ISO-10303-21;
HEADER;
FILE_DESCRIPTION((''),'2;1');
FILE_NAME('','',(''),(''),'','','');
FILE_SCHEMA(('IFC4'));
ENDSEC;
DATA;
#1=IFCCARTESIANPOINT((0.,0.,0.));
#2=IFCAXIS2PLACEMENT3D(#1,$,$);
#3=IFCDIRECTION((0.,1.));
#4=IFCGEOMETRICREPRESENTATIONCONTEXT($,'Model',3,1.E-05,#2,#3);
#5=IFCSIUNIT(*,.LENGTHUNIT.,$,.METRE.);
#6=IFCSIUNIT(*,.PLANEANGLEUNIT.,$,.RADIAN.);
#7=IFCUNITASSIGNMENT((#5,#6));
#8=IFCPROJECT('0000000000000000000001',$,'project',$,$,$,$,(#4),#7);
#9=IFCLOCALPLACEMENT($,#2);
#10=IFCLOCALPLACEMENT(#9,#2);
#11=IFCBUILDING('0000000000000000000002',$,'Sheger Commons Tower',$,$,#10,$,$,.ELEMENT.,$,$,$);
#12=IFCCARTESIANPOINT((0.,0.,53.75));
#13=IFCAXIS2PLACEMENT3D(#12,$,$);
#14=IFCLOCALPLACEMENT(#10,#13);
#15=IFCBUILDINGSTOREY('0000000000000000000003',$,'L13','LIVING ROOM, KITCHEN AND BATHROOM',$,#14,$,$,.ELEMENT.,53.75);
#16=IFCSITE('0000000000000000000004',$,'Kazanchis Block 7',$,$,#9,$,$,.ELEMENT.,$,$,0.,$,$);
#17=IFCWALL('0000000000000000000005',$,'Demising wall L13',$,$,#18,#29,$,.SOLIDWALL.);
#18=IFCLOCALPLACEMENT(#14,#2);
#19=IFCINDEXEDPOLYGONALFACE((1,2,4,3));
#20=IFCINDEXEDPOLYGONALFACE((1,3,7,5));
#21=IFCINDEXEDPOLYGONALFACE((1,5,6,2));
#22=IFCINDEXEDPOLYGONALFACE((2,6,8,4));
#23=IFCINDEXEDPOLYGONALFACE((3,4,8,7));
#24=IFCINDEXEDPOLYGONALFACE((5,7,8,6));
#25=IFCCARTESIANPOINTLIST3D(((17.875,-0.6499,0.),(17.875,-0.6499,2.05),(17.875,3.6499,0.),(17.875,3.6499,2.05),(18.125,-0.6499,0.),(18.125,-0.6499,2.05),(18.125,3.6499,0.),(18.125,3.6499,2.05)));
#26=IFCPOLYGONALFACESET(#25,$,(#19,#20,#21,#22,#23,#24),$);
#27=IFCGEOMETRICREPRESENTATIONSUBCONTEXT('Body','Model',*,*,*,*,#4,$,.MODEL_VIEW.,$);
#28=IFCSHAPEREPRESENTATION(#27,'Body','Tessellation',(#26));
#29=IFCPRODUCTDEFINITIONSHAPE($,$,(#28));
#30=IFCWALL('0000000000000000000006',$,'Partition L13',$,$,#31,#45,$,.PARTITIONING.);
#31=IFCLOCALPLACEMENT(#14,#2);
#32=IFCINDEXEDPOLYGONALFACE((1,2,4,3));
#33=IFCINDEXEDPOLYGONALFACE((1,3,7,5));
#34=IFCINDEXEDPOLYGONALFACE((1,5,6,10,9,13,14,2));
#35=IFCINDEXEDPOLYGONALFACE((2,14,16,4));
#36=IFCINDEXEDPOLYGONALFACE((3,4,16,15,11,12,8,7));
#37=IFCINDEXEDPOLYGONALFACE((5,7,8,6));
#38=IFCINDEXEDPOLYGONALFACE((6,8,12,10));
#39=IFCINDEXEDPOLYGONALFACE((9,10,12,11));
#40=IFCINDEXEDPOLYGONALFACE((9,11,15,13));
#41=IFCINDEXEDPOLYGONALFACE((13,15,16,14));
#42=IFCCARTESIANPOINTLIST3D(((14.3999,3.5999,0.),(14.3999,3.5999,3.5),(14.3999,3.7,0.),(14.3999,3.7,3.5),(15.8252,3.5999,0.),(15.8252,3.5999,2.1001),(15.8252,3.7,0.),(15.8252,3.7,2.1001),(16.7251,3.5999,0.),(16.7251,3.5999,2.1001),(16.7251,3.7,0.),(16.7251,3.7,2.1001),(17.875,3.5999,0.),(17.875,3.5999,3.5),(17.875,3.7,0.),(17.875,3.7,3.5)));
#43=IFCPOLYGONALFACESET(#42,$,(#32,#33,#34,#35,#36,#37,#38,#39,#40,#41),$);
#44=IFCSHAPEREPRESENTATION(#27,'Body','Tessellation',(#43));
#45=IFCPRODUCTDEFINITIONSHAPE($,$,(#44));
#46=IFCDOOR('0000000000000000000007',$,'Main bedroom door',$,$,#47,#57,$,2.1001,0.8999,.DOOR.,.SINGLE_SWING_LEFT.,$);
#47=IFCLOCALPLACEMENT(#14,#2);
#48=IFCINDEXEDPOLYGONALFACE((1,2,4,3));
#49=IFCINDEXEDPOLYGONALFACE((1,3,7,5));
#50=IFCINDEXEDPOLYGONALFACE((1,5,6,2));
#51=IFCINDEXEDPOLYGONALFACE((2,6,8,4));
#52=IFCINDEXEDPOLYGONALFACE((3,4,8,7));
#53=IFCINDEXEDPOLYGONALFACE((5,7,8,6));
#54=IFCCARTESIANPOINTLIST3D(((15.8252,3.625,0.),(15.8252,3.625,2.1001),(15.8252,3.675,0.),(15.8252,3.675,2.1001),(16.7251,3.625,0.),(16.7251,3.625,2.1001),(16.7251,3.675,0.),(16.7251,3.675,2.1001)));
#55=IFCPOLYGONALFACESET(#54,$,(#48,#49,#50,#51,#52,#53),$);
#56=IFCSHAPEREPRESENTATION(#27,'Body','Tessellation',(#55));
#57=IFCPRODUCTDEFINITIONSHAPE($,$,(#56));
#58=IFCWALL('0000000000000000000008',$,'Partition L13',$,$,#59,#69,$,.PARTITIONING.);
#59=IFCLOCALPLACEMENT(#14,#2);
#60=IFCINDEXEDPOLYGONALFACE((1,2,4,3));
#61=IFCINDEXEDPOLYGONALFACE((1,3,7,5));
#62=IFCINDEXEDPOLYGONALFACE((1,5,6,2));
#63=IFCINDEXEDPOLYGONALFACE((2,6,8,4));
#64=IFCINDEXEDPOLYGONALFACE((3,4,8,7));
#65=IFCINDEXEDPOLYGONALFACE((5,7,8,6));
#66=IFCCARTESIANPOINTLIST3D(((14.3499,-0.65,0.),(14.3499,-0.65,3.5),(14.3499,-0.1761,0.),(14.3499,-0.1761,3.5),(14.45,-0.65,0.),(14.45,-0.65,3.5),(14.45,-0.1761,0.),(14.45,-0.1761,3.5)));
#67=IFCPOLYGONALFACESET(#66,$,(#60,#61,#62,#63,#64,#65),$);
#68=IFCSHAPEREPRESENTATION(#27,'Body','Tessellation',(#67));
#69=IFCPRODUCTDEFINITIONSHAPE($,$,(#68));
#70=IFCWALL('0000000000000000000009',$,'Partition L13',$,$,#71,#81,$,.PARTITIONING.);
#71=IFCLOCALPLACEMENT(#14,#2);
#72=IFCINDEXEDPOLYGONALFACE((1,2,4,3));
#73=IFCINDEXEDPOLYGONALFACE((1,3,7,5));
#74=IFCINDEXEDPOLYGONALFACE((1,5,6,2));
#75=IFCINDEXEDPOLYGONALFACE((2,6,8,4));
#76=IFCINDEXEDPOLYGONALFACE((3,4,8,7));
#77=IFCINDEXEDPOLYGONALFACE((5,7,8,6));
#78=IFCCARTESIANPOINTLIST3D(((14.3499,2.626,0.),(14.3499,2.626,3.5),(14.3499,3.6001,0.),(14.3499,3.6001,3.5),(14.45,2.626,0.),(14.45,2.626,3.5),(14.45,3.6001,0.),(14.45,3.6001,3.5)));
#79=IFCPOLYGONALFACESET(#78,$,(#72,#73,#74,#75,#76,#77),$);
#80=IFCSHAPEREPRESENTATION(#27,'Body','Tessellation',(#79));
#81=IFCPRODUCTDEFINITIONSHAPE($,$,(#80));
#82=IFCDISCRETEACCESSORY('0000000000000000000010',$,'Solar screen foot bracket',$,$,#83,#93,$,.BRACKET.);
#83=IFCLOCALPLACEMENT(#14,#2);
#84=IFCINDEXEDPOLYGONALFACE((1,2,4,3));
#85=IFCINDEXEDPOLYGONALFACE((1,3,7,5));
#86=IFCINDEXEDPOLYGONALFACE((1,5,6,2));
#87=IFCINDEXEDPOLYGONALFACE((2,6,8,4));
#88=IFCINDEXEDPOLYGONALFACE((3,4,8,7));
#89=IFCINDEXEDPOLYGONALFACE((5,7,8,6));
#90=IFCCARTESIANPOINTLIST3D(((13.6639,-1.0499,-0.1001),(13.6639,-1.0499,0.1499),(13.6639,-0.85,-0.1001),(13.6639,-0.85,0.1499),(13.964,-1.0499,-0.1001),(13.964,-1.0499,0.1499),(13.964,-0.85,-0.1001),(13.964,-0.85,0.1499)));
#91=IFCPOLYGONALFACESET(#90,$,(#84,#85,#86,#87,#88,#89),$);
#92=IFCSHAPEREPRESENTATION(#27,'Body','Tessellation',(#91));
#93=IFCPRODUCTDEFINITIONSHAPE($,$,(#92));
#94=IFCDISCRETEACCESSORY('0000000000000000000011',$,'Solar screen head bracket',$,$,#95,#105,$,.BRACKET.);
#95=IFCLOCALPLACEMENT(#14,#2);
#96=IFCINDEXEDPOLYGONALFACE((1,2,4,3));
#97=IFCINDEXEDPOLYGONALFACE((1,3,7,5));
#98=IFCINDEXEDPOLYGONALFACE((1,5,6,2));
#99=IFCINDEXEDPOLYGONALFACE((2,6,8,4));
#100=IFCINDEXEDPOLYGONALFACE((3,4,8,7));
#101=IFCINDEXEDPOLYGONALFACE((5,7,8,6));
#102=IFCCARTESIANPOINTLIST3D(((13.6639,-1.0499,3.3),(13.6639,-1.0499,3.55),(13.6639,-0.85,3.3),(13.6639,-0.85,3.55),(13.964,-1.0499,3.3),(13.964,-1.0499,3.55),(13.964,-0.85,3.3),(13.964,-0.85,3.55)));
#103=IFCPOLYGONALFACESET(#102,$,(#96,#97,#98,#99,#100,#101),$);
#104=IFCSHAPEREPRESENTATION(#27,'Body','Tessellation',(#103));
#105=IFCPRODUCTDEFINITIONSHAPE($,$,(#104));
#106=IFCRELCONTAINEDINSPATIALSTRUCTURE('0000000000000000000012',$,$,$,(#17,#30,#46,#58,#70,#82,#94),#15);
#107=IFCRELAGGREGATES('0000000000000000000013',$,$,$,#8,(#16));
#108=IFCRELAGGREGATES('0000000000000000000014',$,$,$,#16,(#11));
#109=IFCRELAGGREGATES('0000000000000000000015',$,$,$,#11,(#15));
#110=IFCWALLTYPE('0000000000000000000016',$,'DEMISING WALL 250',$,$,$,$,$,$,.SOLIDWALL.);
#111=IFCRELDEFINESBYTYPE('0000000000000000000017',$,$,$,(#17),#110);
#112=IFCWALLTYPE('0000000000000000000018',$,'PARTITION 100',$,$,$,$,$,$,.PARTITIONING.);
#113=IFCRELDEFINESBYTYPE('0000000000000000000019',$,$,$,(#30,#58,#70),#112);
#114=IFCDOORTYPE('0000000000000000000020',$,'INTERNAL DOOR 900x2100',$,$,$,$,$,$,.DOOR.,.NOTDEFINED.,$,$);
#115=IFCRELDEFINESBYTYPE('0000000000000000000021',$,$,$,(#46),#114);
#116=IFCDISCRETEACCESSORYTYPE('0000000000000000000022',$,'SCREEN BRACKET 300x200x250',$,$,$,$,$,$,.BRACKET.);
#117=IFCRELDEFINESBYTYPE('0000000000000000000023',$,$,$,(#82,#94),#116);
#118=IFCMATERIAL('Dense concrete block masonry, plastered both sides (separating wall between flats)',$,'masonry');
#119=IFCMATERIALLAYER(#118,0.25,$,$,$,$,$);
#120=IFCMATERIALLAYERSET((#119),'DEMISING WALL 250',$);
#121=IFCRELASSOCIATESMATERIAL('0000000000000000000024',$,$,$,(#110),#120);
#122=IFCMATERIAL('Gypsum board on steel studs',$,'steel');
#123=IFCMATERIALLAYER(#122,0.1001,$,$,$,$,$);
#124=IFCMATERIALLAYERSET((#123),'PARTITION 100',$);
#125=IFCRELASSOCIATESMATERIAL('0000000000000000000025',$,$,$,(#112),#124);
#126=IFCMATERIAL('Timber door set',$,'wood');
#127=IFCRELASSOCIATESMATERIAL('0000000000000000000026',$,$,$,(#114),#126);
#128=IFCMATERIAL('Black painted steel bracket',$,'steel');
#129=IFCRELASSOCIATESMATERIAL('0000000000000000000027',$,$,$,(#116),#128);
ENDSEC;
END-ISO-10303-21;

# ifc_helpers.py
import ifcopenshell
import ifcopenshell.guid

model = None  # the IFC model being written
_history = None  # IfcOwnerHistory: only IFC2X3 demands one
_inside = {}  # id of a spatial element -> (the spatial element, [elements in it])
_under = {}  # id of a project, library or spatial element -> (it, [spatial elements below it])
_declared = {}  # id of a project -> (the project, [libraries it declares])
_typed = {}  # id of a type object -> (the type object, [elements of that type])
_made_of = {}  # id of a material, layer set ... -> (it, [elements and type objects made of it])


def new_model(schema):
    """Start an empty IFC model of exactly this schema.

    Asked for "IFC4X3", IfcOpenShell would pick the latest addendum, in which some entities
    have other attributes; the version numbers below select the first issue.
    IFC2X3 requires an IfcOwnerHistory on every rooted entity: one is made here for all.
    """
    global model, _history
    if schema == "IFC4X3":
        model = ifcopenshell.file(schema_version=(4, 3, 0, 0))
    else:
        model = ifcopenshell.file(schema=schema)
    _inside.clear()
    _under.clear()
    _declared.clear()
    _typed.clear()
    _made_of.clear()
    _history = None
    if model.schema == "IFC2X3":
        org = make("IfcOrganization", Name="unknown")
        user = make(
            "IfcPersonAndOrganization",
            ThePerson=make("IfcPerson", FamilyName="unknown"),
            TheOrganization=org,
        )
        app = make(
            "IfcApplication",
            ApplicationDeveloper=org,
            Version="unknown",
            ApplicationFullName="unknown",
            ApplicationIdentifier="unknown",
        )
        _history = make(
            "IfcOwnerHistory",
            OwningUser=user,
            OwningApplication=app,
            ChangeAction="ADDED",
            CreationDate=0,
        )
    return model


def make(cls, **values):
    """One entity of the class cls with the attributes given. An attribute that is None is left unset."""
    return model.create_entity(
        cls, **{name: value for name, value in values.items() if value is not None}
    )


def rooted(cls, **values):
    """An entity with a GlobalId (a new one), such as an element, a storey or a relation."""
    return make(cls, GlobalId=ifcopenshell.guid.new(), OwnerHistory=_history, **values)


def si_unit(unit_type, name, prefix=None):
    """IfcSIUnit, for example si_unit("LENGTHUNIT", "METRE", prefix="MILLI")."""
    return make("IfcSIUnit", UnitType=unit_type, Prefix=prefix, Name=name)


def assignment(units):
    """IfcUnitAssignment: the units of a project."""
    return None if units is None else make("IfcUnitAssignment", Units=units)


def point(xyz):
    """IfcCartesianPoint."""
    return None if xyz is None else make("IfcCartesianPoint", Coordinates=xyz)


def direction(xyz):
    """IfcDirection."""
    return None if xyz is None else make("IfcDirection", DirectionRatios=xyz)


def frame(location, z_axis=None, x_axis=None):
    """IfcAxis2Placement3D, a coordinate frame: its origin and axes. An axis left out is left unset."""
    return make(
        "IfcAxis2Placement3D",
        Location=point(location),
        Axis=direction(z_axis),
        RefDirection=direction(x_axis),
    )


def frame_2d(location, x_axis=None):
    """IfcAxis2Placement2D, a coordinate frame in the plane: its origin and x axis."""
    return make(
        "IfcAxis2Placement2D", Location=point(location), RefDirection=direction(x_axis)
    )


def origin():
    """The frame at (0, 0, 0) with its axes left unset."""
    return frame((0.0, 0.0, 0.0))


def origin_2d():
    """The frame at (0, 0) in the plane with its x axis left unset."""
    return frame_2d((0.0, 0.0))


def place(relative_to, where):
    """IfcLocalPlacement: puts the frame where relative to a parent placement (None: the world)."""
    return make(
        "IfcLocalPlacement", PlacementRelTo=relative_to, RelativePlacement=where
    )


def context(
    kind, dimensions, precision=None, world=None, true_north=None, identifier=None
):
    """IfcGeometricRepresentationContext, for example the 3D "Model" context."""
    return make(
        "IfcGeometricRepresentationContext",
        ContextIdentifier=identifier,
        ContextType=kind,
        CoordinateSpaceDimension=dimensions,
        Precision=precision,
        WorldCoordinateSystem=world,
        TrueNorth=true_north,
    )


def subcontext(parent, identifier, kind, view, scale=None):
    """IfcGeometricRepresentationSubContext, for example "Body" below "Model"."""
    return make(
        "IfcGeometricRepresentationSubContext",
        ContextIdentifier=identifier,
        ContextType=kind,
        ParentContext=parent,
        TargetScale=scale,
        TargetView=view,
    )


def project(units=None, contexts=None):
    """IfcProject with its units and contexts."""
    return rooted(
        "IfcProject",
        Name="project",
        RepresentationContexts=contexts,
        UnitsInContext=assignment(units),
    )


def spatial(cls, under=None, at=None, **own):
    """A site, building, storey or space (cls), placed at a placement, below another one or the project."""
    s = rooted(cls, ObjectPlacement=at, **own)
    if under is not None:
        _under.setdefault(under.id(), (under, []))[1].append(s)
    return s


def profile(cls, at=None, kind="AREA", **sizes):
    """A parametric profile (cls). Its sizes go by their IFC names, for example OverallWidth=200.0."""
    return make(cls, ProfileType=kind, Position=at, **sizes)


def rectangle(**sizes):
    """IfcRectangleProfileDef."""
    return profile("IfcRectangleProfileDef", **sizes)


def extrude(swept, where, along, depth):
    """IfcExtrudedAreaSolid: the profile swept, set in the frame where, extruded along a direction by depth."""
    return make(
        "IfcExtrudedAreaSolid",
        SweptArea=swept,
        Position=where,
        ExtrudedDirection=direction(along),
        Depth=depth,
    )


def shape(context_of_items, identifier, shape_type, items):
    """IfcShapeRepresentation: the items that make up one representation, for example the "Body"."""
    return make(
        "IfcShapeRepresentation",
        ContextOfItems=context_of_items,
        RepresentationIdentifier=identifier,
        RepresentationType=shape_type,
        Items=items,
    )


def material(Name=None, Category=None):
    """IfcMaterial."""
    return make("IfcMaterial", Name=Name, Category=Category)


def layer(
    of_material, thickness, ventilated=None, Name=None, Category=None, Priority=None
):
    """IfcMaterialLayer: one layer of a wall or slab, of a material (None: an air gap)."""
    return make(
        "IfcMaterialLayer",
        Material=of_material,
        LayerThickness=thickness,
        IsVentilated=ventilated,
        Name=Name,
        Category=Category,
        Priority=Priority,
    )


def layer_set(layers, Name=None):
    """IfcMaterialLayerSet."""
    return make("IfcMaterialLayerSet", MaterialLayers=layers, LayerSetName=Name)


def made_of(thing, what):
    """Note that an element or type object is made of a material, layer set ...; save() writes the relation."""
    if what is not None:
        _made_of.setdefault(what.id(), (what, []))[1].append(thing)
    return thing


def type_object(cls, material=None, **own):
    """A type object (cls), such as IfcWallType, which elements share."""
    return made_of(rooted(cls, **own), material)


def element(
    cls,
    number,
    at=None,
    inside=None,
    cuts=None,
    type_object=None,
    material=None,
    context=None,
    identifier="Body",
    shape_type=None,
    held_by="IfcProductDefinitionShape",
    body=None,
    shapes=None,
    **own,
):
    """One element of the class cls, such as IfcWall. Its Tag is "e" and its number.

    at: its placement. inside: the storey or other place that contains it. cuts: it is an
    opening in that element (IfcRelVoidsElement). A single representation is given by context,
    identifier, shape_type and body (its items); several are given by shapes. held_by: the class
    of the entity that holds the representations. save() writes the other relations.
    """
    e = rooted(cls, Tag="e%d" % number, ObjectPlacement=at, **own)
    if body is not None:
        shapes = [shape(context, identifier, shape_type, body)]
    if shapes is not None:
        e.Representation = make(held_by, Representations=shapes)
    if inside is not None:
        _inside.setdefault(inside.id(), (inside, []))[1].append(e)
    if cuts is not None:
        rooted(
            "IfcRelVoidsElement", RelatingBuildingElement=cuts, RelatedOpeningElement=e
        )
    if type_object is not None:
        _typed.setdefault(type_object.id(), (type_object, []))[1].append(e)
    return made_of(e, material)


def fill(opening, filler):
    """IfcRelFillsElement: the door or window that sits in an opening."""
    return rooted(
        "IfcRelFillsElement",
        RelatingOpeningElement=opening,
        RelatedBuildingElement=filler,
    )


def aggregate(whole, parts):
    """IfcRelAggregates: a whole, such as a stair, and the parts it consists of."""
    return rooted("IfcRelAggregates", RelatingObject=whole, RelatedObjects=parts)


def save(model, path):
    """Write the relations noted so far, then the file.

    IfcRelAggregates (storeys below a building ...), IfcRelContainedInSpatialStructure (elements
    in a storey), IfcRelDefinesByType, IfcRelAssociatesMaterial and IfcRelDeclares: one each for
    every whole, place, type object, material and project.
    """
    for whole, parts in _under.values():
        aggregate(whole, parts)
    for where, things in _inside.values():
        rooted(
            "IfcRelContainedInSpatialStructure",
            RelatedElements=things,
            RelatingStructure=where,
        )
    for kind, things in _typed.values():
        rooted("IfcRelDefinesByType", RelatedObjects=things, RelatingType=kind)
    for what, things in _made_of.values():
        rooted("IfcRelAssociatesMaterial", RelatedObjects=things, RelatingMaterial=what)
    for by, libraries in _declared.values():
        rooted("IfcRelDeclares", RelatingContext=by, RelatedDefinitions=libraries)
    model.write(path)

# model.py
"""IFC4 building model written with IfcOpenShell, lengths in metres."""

from ifc_helpers import new_model, si_unit, direction, frame, frame_2d, origin, origin_2d, place, context, subcontext, project, spatial, rectangle, extrude, material, layer, layer_set, type_object, element, fill, save


model = new_model("IFC4")

# Units and contexts
model_context = context("Model", 3, precision=1e-05, world=origin(), true_north=direction((0.0, 1.0)))
body_context = subcontext(model_context, "Body", "Model", "MODEL_VIEW")
ifc_project = project(units=[si_unit("LENGTHUNIT", "METRE"), si_unit("PLANEANGLEUNIT", "RADIAN")], contexts=[model_context])

# Site, building, storey
site_placement = place(None, origin())
site = spatial("IfcSite", under=ifc_project, at=site_placement, Name="Kazanchis Block 7", CompositionType="ELEMENT", RefElevation=0.0)
building_placement = place(site_placement, origin())
building = spatial("IfcBuilding", under=site, at=building_placement, Name="Sheger Commons Tower", CompositionType="ELEMENT")
storey_placement = place(building_placement, frame((0.0, 0.0, 53.75)))
storey = spatial("IfcBuildingStorey", under=building, at=storey_placement, Name="L13", Description="LIVING ROOM, KITCHEN AND BATHROOM", CompositionType="ELEMENT", Elevation=53.75)

# Wall
ifc_material_1 = material(Name="Dense concrete block masonry, plastered both sides (separating wall between flats)", Category="masonry")
ifc_layer_1 = layer(ifc_material_1, 0.25)
ifc_layer_set_1 = layer_set([ifc_layer_1], Name="DEMISING WALL 250")
wall_type_1 = type_object("IfcWallType", Name="DEMISING WALL 250", PredefinedType="SOLIDWALL", material=ifc_layer_set_1)
wall_1_placement = place(storey_placement, frame((18.0, -0.6499, 0.0), z_axis=(0.0, 0.0, 1.0), x_axis=(0.0, 1.0, 0.0)))
element("IfcWall", 1, at=wall_1_placement, inside=storey, type_object=wall_type_1, Name="Demising wall L13", PredefinedType="SOLIDWALL", context=body_context, shape_type="SweptSolid", body=[
    extrude(rectangle(XDim=4.2998, YDim=0.25, at=frame_2d((2.1499, 0.0))), origin(), (0.0, 0.0, 1.0), 2.05),
])

# Wall, opening, door
ifc_material_2 = material(Name="Gypsum board on steel studs", Category="steel")
ifc_layer_2 = layer(ifc_material_2, 0.1001)
ifc_layer_set_2 = layer_set([ifc_layer_2], Name="PARTITION 100")
wall_type_2 = type_object("IfcWallType", Name="PARTITION 100", PredefinedType="PARTITIONING", material=ifc_layer_set_2)
wall_2_placement = place(storey_placement, frame((17.875, 3.6499, 0.0), z_axis=(0.0, 0.0, 1.0), x_axis=(-1.0, 0.0, 0.0)))
wall_2 = element("IfcWall", 2, at=wall_2_placement, inside=storey, type_object=wall_type_2, Name="Partition L13", PredefinedType="PARTITIONING", context=body_context, shape_type="SweptSolid", body=[
    extrude(rectangle(XDim=3.4751, YDim=0.1001, at=frame_2d((1.7375, 0.0))), origin(), (0.0, 0.0, 1.0), 3.5),
])
opening_1_placement = place(wall_2_placement, frame((1.1499, 0.0, 0.0)))
opening_1 = element("IfcOpeningElement", 3, at=opening_1_placement, cuts=wall_2, PredefinedType="OPENING", context=body_context, shape_type="SweptSolid", body=[
    extrude(rectangle(XDim=0.8999, YDim=2.1001, at=frame_2d((0.45, 1.05))), frame((0.0, 0.0601, 0.0), z_axis=(0.0, -1.0, 0.0), x_axis=(1.0, 0.0, 0.0)), (0.0, 0.0, 1.0), 0.1201),
])
ifc_material_3 = material(Name="Timber door set", Category="wood")
door_type_1 = type_object("IfcDoorType", Name="INTERNAL DOOR 900x2100", OperationType="NOTDEFINED", PredefinedType="DOOR", material=ifc_material_3)
door_1_placement = place(opening_1_placement, origin())
door_1 = element("IfcDoor", 4, at=door_1_placement, inside=storey, type_object=door_type_1, Name="Main bedroom door", OperationType="SINGLE_SWING_LEFT", OverallHeight=2.1001, OverallWidth=0.8999, PredefinedType="DOOR", context=body_context, shape_type="SweptSolid", body=[
    extrude(rectangle(XDim=0.8999, YDim=2.1001, at=frame_2d((0.45, 1.05))), frame((0.0, 0.0249, 0.0), z_axis=(0.0, -1.0, 0.0), x_axis=(1.0, 0.0, 0.0)), (0.0, 0.0, 1.0), 0.05),
])
fill(opening_1, door_1)

# Walls
wall_3_placement = place(storey_placement, frame((14.3999, -0.6499, 0.0), z_axis=(0.0, 0.0, 1.0), x_axis=(0.0, 1.0, 0.0)))
element("IfcWall", 5, at=wall_3_placement, inside=storey, type_object=wall_type_2, Name="Partition L13", PredefinedType="PARTITIONING", context=body_context, shape_type="SweptSolid", body=[
    extrude(rectangle(XDim=0.4739, YDim=0.1001, at=frame_2d((0.2368, 0.0))), origin(), (0.0, 0.0, 1.0), 3.5),
])
wall_4_placement = place(storey_placement, frame((14.3999, 2.626, 0.0), z_axis=(0.0, 0.0, 1.0), x_axis=(0.0, 1.0, 0.0)))
element("IfcWall", 6, at=wall_4_placement, inside=storey, type_object=wall_type_2, Name="Partition L13", PredefinedType="PARTITIONING", context=body_context, shape_type="SweptSolid", body=[
    extrude(rectangle(XDim=0.9741, YDim=0.1001, at=frame_2d((0.4871, 0.0))), origin(), (0.0, 0.0, 1.0), 3.5),
])

# Discrete accessories
ifc_material_4 = material(Name="Black painted steel bracket", Category="steel")
discrete_accessory_type = type_object("IfcDiscreteAccessoryType", Name="SCREEN BRACKET 300x200x250", PredefinedType="BRACKET", material=ifc_material_4)
for number, where, z_axis, x_axis, name in (
    (7, (13.814, -0.95, -0.1001), (0.0, 0.0, 1.0), (1.0, 0.0, 0.0), "Solar screen foot bracket"),
    (8, (13.814, -0.95, 3.3), (0.0, 0.0, 1.0), (1.0, 0.0, 0.0), "Solar screen head bracket"),
):
    element("IfcDiscreteAccessory", number, at=place(storey_placement, frame(where, z_axis=z_axis, x_axis=x_axis)), inside=storey, type_object=discrete_accessory_type, Name=name, PredefinedType="BRACKET", context=body_context, shape_type="SweptSolid", body=[
        extrude(rectangle(XDim=0.3, YDim=0.2, at=origin_2d()), origin(), (0.0, 0.0, 1.0), 0.25),
    ])

save(model, "model.ifc")
